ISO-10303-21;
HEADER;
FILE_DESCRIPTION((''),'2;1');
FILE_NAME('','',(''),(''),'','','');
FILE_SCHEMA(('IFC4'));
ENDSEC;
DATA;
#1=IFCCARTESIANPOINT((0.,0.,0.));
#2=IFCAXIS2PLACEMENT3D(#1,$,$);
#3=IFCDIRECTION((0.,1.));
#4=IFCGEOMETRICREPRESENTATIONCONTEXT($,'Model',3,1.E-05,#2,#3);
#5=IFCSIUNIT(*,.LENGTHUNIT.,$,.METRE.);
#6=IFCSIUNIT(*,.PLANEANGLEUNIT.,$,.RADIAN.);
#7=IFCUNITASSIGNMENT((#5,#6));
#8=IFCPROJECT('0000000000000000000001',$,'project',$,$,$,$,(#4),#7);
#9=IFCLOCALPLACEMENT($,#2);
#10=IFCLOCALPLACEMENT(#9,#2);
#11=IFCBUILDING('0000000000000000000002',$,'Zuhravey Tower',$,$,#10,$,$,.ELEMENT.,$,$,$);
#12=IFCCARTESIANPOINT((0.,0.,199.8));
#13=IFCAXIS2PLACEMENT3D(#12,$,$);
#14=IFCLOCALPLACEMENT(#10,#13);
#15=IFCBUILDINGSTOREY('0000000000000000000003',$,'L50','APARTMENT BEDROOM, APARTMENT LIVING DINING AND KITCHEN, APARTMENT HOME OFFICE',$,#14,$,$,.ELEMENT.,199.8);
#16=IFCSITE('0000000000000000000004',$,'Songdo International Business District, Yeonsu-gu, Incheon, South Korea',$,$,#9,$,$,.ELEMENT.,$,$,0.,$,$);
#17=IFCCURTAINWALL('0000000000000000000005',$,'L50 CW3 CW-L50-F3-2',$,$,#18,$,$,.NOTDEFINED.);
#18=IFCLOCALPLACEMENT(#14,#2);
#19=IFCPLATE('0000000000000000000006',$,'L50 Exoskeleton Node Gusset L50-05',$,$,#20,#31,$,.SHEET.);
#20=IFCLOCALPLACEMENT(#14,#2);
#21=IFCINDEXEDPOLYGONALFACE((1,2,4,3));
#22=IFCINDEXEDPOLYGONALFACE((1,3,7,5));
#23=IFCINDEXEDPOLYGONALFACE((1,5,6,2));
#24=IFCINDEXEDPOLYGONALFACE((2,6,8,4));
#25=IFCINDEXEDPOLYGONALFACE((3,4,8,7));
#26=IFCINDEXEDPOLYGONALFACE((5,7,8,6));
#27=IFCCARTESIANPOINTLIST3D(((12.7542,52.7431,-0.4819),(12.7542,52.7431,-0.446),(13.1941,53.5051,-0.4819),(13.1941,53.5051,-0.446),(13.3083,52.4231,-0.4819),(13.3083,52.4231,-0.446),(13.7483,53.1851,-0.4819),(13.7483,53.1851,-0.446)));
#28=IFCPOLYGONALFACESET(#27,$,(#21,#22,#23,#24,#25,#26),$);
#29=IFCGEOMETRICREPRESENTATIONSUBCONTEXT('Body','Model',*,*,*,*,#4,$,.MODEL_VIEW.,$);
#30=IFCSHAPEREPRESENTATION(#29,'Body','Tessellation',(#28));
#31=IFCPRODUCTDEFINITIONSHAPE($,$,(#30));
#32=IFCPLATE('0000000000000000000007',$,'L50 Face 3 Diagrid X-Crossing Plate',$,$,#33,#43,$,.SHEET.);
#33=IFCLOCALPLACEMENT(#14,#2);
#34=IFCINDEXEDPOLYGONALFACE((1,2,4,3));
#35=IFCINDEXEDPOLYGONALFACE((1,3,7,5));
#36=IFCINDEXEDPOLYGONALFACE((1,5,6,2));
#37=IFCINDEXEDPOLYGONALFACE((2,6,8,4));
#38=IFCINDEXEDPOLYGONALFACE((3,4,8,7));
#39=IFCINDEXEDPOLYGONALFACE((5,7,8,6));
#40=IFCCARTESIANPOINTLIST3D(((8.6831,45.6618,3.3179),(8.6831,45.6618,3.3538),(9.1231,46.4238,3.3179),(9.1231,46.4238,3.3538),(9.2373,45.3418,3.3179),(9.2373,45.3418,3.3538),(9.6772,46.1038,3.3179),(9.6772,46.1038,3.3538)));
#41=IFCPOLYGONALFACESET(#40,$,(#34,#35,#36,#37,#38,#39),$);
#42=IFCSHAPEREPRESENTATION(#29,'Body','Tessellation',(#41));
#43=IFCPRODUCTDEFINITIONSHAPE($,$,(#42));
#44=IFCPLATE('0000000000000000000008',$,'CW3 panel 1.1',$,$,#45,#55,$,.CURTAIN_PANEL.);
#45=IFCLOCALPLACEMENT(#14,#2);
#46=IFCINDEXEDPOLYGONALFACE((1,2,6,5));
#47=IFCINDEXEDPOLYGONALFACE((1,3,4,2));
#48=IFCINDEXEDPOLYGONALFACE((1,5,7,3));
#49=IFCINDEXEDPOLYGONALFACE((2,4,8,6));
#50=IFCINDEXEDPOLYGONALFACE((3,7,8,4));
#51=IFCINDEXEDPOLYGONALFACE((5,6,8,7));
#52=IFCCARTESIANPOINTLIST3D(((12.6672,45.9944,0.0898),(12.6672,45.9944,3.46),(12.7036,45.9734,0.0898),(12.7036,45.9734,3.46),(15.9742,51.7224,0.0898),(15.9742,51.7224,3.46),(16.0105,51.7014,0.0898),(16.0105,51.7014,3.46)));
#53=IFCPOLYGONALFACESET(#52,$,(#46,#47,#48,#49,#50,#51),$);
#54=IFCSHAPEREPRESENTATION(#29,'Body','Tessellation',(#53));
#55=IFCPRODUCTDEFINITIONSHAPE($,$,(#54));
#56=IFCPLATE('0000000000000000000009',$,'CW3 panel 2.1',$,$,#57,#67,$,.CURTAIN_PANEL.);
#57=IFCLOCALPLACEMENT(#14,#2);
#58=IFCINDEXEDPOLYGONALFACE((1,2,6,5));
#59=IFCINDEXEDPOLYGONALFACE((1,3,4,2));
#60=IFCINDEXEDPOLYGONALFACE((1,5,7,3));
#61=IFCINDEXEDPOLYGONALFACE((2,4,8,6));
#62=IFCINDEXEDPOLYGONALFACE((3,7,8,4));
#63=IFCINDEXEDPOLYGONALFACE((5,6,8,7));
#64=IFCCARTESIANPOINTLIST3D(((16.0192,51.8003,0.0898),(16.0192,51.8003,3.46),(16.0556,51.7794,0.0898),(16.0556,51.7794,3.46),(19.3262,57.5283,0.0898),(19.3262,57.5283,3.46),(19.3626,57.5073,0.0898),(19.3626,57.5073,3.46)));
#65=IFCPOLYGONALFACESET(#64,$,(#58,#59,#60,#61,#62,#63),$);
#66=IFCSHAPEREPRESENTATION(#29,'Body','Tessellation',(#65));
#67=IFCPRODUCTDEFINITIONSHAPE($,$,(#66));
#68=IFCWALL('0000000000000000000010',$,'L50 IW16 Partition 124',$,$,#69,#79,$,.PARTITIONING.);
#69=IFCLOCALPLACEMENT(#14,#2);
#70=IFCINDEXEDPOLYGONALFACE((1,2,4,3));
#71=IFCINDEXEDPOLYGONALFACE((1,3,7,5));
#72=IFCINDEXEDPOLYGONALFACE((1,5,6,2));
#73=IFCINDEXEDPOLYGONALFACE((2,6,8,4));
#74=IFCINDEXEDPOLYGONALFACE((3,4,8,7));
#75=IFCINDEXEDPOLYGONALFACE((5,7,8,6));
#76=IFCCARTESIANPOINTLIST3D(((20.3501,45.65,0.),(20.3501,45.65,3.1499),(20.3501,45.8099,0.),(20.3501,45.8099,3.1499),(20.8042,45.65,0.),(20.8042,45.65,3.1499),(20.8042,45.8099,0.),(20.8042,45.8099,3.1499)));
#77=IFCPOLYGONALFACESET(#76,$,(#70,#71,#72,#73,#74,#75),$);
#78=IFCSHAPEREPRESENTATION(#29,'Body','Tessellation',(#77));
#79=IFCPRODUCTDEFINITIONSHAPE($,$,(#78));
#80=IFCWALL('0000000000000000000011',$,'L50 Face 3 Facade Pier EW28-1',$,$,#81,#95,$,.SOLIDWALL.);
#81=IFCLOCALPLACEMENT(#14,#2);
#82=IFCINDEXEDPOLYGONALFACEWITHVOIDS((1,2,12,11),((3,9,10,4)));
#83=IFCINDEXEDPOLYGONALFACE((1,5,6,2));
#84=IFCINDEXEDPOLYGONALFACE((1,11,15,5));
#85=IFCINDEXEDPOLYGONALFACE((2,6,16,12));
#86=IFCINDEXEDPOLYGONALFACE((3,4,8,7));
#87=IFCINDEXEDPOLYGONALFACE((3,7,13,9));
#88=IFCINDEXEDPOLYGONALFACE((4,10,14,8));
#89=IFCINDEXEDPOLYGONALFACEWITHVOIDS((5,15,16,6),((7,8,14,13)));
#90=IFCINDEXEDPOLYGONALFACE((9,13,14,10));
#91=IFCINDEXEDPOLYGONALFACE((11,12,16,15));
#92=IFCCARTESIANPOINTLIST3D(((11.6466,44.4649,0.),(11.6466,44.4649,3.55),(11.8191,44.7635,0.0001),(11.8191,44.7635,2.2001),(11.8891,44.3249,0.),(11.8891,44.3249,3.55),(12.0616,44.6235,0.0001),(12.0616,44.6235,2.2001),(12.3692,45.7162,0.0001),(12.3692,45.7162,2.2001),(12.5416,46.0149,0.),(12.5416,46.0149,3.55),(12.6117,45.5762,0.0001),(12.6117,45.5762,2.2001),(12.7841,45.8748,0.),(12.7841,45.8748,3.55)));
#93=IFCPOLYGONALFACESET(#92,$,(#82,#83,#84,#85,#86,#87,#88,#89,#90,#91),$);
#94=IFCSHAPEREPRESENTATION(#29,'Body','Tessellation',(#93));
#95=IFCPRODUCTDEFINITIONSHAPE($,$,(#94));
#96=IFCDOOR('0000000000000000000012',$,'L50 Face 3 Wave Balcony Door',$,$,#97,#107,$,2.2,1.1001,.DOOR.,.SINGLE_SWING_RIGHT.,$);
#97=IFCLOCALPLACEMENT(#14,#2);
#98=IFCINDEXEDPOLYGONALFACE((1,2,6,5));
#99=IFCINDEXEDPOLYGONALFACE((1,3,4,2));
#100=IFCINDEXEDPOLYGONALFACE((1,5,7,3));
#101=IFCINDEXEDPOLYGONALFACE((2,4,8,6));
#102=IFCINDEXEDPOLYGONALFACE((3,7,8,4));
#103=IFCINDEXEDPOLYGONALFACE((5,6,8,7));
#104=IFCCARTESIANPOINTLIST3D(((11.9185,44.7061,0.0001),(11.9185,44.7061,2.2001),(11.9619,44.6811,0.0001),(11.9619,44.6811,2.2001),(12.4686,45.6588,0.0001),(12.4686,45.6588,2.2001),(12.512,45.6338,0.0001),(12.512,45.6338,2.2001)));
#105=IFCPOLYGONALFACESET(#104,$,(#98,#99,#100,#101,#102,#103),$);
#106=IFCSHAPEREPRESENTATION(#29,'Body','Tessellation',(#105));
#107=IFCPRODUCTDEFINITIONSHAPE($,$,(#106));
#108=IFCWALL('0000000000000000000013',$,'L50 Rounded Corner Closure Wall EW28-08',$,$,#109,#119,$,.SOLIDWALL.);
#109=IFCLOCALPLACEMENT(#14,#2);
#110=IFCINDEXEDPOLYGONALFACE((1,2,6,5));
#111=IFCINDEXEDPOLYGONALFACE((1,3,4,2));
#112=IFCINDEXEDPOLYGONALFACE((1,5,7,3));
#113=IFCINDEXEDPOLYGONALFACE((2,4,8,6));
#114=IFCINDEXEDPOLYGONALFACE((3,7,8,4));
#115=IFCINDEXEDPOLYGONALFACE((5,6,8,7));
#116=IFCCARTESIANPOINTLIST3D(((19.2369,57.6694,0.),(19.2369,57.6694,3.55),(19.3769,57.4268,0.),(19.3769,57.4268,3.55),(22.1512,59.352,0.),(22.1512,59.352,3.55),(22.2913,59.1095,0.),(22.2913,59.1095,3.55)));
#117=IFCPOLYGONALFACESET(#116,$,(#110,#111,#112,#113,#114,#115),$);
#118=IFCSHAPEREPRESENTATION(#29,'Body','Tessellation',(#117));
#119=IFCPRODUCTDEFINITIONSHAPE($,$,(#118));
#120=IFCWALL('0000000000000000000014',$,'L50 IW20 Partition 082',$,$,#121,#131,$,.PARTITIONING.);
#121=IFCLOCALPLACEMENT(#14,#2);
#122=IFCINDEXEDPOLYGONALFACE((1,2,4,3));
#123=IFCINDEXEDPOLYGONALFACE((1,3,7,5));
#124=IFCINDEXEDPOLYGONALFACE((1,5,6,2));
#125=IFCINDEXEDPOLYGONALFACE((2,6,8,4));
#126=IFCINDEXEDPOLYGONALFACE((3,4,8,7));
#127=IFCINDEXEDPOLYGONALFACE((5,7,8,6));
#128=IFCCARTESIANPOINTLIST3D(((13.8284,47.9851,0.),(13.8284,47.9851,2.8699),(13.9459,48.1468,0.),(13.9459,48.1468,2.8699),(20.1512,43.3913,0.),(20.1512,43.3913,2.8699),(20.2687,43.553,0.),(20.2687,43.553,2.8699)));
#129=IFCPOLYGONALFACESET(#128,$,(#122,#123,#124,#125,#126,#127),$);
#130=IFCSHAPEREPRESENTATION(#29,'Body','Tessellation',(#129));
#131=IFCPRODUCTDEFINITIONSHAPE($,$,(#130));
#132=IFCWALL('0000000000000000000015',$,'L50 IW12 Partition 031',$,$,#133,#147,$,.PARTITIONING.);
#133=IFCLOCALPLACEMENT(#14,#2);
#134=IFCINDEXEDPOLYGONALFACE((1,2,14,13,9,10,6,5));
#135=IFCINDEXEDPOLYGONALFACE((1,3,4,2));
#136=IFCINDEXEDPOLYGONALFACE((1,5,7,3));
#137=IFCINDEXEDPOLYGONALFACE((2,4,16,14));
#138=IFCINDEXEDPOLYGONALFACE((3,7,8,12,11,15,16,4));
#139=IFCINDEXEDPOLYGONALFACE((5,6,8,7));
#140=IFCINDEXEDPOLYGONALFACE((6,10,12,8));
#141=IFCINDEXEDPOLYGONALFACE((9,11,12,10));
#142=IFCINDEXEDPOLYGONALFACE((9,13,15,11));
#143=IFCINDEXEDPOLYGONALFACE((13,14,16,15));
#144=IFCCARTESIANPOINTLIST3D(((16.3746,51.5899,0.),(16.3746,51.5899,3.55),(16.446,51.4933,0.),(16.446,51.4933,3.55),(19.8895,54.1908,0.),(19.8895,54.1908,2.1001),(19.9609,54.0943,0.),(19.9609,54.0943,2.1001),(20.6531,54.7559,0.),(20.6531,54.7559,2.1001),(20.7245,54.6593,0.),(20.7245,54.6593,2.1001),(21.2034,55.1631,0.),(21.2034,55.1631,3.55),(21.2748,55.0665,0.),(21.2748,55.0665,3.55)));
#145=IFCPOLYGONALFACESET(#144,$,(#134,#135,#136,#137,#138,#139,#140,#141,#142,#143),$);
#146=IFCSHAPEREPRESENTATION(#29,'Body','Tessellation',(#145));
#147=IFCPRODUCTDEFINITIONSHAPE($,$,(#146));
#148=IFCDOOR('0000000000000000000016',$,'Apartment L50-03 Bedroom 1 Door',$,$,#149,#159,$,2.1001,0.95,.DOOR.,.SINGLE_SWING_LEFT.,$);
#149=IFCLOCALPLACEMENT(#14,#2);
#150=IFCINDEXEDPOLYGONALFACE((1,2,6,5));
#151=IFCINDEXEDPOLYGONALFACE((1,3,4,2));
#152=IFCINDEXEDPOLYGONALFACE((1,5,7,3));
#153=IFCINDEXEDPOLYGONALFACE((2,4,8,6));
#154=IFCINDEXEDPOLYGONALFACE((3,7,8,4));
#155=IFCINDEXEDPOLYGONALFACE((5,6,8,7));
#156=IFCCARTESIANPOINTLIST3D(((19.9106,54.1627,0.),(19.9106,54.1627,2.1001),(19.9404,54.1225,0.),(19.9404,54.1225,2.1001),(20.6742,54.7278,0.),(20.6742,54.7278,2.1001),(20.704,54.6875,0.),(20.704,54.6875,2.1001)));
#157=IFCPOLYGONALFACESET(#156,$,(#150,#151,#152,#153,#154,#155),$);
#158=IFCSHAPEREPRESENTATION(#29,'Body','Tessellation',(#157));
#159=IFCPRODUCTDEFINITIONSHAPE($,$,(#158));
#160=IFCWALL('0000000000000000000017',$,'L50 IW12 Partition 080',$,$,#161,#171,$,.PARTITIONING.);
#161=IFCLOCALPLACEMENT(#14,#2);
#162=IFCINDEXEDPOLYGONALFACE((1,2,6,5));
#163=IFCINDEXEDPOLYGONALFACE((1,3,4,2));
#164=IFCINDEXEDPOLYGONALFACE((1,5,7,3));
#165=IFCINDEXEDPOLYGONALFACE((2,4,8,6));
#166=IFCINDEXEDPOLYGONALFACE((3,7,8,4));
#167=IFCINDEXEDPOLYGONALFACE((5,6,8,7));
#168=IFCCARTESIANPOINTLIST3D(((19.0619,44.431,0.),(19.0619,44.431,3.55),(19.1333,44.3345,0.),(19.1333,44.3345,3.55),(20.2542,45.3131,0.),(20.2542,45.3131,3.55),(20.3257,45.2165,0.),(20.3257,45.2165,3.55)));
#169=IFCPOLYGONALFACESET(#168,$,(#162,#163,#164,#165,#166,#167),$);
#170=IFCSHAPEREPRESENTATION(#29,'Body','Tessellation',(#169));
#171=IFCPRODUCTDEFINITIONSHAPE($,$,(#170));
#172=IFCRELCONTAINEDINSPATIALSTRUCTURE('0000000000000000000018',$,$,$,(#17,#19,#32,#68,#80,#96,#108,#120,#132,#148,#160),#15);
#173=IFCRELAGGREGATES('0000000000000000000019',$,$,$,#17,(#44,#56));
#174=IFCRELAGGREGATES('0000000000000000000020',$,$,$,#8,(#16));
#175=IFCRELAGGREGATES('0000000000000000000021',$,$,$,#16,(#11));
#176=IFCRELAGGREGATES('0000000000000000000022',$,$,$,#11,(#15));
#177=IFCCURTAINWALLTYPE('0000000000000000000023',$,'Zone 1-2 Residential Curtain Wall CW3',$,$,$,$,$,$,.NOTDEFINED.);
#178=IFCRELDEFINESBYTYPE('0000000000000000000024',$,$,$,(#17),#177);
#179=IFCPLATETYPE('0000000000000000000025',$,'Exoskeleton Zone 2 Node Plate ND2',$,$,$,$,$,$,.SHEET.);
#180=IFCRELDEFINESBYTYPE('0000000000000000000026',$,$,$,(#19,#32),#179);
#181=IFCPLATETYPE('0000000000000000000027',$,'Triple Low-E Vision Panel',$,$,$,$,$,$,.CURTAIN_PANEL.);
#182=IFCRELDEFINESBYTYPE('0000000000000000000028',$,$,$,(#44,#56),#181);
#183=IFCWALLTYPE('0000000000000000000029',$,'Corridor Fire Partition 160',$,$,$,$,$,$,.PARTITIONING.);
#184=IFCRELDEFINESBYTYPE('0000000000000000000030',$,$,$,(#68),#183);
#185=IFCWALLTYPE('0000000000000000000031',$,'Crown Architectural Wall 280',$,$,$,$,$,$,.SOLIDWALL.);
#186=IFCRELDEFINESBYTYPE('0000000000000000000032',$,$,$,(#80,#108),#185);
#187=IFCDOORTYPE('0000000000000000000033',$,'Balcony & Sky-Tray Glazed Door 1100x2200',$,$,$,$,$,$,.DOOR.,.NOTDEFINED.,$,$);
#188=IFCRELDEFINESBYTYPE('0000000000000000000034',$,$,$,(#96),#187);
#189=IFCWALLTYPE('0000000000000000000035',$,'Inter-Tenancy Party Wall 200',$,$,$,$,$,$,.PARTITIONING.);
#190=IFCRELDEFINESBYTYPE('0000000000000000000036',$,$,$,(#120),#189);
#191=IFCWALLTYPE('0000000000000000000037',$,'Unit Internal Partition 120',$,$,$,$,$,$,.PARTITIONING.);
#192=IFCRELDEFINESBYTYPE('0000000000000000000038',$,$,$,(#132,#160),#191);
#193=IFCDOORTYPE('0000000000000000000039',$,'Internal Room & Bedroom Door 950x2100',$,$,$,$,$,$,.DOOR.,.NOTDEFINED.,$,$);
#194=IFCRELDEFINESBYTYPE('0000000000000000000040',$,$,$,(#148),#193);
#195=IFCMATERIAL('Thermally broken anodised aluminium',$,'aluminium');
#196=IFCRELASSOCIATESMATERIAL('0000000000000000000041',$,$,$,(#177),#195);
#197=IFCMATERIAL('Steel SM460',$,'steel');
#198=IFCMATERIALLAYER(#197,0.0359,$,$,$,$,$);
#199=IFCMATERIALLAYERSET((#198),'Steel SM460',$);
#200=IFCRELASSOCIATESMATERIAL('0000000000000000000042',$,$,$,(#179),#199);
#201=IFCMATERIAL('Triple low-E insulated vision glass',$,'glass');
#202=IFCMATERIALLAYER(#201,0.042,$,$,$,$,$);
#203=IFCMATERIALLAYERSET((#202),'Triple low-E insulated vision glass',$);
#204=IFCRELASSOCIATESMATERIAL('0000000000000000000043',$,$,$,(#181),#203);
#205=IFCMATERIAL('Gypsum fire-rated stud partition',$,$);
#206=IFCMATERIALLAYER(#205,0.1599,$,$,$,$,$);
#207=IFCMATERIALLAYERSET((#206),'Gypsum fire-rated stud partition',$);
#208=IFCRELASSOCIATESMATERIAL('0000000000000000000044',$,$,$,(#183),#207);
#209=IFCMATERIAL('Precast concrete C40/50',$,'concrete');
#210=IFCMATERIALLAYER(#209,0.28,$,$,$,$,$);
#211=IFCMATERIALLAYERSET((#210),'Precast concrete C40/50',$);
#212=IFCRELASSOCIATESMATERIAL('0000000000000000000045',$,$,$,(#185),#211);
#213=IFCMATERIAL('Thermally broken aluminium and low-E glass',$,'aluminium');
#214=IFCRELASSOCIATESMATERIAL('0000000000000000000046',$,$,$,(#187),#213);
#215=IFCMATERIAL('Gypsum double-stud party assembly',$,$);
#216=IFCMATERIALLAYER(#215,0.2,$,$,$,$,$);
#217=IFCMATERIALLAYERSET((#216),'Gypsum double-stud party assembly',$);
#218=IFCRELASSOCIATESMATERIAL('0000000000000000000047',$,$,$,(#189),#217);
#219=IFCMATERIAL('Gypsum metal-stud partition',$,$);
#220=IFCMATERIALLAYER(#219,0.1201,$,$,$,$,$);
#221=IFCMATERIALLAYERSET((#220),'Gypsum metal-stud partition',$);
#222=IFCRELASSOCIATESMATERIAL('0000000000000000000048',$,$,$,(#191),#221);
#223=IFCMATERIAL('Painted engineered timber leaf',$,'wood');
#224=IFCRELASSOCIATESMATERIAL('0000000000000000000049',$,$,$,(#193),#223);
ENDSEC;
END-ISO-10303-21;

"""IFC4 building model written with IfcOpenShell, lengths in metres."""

from ifc_helpers import new_model, si_unit, direction, frame, frame_2d, origin, origin_2d, place, context, subcontext, project, spatial, rectangle, extrude, material, layer, layer_set, type_object, element, fill, aggregate, save


model = new_model("IFC4")

# Units and contexts
model_context = context("Model", 3, precision=1e-05, world=origin(), true_north=direction((0.0, 1.0)))
body_context = subcontext(model_context, "Body", "Model", "MODEL_VIEW")
ifc_project = project(units=[si_unit("LENGTHUNIT", "METRE"), si_unit("PLANEANGLEUNIT", "RADIAN")], contexts=[model_context])

# Site, building, storey
site_placement = place(None, origin())
site = spatial("IfcSite", under=ifc_project, at=site_placement, Name="Songdo International Business District, Yeonsu-gu, Incheon, South Korea", CompositionType="ELEMENT", RefElevation=0.0)
building_placement = place(site_placement, origin())
building = spatial("IfcBuilding", under=site, at=building_placement, Name="Zuhravey Tower", CompositionType="ELEMENT")
storey_placement = place(building_placement, frame((0.0, 0.0, 199.8)))
storey = spatial("IfcBuildingStorey", under=building, at=storey_placement, Name="L50", Description="APARTMENT BEDROOM, APARTMENT LIVING DINING AND KITCHEN, APARTMENT HOME OFFICE", CompositionType="ELEMENT", Elevation=199.8)

# Shared definitions
ifc_material_1 = material(Name="Thermally broken anodised aluminium", Category="aluminium")
curtain_wall_type = type_object("IfcCurtainWallType", Name="Zone 1-2 Residential Curtain Wall CW3", PredefinedType="NOTDEFINED", material=ifc_material_1)

# Curtain wall
curtain_wall_1_placement = place(storey_placement, origin())
curtain_wall_1 = element("IfcCurtainWall", 1, at=curtain_wall_1_placement, inside=storey, type_object=curtain_wall_type, Name="L50 CW3 CW-L50-F3-2", PredefinedType="NOTDEFINED")

# Shared definitions
ifc_material_2 = material(Name="Steel SM460", Category="steel")

# Plates
ifc_layer_1 = layer(ifc_material_2, 0.0359)
ifc_layer_set_1 = layer_set([ifc_layer_1], Name="Steel SM460")
plate_type_1 = type_object("IfcPlateType", Name="Exoskeleton Zone 2 Node Plate ND2", PredefinedType="SHEET", material=ifc_layer_set_1)
for number, where, z_axis, x_axis, name in (
    (2, (13.2512, 52.9641, -0.4819), (0.0, 0.0, 1.0), (-0.5, -0.866025, 0.0), "L50 Exoskeleton Node Gusset L50-05"),
    (3, (9.1802, 45.8828, 3.3179), (0.0, 0.0, 1.0), (-0.5, -0.866025, 0.0), "L50 Face 3 Diagrid X-Crossing Plate"),
):
    element("IfcPlate", number, at=place(storey_placement, frame(where, z_axis=z_axis, x_axis=x_axis)), inside=storey, type_object=plate_type_1, Name=name, PredefinedType="SHEET", context=body_context, shape_type="SweptSolid", body=[
        extrude(rectangle(XDim=0.8799, YDim=0.6399, at=origin_2d()), origin(), (0.0, 0.0, 1.0), 0.0359),
    ])

# Plates
ifc_material_3 = material(Name="Triple low-E insulated vision glass", Category="glass")
ifc_layer_2 = layer(ifc_material_3, 0.042)
ifc_layer_set_2 = layer_set([ifc_layer_2], Name="Triple low-E insulated vision glass")
plate_type_2 = type_object("IfcPlateType", Name="Triple Low-E Vision Panel", PredefinedType="CURTAIN_PANEL", material=ifc_layer_set_2)
plate_1_placement = place(storey_placement, frame((14.3389, 48.8479, 0.0898), z_axis=(0.0, 0.0, 1.0), x_axis=(0.499997, 0.866027, 0.0)))
plate_1 = element("IfcPlate", 4, at=plate_1_placement, type_object=plate_type_2, Name="CW3 panel 1.1", PredefinedType="CURTAIN_PANEL", context=body_context, shape_type="SweptSolid", body=[
    extrude(rectangle(XDim=6.614, YDim=0.042, at=origin_2d()), origin(), (0.0, 0.0, 1.0), 3.3701),
])
plate_2_placement = place(storey_placement, frame((17.6909, 54.6538, 0.0898), z_axis=(0.0, 0.0, 1.0), x_axis=(0.499997, 0.866027, 0.0)))
plate_2 = element("IfcPlate", 5, at=plate_2_placement, type_object=plate_type_2, Name="CW3 panel 2.1", PredefinedType="CURTAIN_PANEL", context=body_context, shape_type="SweptSolid", body=[
    extrude(rectangle(XDim=6.614, YDim=0.042, at=origin_2d()), origin(), (0.0, 0.0, 1.0), 3.3701),
])
aggregate(curtain_wall_1, [plate_1, plate_2])

# Wall
ifc_material_4 = material(Name="Gypsum fire-rated stud partition")
ifc_layer_3 = layer(ifc_material_4, 0.1599)
ifc_layer_set_3 = layer_set([ifc_layer_3], Name="Gypsum fire-rated stud partition")
wall_type_1 = type_object("IfcWallType", Name="Corridor Fire Partition 160", PredefinedType="PARTITIONING", material=ifc_layer_set_3)
wall_1_placement = place(storey_placement, frame((20.8042, 45.73, 0.0), z_axis=(0.0, 0.0, 1.0), x_axis=(-1.0, 0.0, 0.0)))
element("IfcWall", 6, at=wall_1_placement, inside=storey, type_object=wall_type_1, Name="L50 IW16 Partition 124", PredefinedType="PARTITIONING", context=body_context, shape_type="SweptSolid", body=[
    extrude(rectangle(XDim=0.4541, YDim=0.1599, at=frame_2d((0.2271, 0.0))), origin(), (0.0, 0.0, 1.0), 3.1499),
])

# Wall, opening, door
ifc_material_5 = material(Name="Precast concrete C40/50", Category="concrete")
ifc_layer_4 = layer(ifc_material_5, 0.28)
ifc_layer_set_4 = layer_set([ifc_layer_4], Name="Precast concrete C40/50")
wall_type_2 = type_object("IfcWallType", Name="Crown Architectural Wall 280", PredefinedType="SOLIDWALL", material=ifc_layer_set_4)
wall_2_placement = place(storey_placement, frame((11.7678, 44.3948, 0.0), z_axis=(0.0, 0.0, 1.0), x_axis=(0.500041, 0.866002, 0.0)))
wall_2 = element("IfcWall", 7, at=wall_2_placement, inside=storey, type_object=wall_type_2, Name="L50 Face 3 Facade Pier EW28-1", PredefinedType="SOLIDWALL", context=body_context, shape_type="SweptSolid", body=[
    extrude(rectangle(XDim=1.7898, YDim=0.28, at=frame_2d((0.895, 0.0))), origin(), (0.0, 0.0, 1.0), 3.55),
])
opening_1_placement = place(wall_2_placement, frame((0.345, 0.0, 0.0)))
opening_1 = element("IfcOpeningElement", 8, at=opening_1_placement, cuts=wall_2, PredefinedType="OPENING", context=body_context, shape_type="SweptSolid", body=[
    extrude(rectangle(XDim=1.1001, YDim=2.2, at=frame_2d((0.55, 1.1001))), frame((0.0, 0.1521, 0.0), z_axis=(0.0, -1.0, 0.0), x_axis=(1.0, 0.0, 0.0)), (0.0, 0.0, 1.0), 0.304),
])
ifc_material_6 = material(Name="Thermally broken aluminium and low-E glass", Category="aluminium")
door_type_1 = type_object("IfcDoorType", Name="Balcony & Sky-Tray Glazed Door 1100x2200", OperationType="NOTDEFINED", PredefinedType="DOOR", material=ifc_material_6)
door_1_placement = place(opening_1_placement, frame((1.1001, 0.0, 0.0), z_axis=(0.0, 0.0, 1.0), x_axis=(-1.0, 0.0, 0.0)))
door_1 = element("IfcDoor", 9, at=door_1_placement, inside=storey, type_object=door_type_1, Name="L50 Face 3 Wave Balcony Door", OperationType="SINGLE_SWING_RIGHT", OverallHeight=2.2, OverallWidth=1.1001, PredefinedType="DOOR", context=body_context, shape_type="SweptSolid", body=[
    extrude(rectangle(XDim=1.1001, YDim=2.2, at=frame_2d((0.55, 1.1001))), frame((0.0, 0.0249, 0.0), z_axis=(0.0, -1.0, 0.0), x_axis=(1.0, 0.0, 0.0)), (0.0, 0.0, 1.0), 0.05),
])
fill(opening_1, door_1)

# Walls
wall_3_placement = place(storey_placement, frame((19.3069, 57.5481, 0.0), z_axis=(0.0, 0.0, 1.0), x_axis=(0.86602, 0.500009, 0.0)))
element("IfcWall", 10, at=wall_3_placement, inside=storey, type_object=wall_type_2, Name="L50 Rounded Corner Closure Wall EW28-08", PredefinedType="SOLIDWALL", context=body_context, shape_type="SweptSolid", body=[
    extrude(rectangle(XDim=3.3652, YDim=0.28, at=frame_2d((1.6826, 0.0))), origin(), (0.0, 0.0, 1.0), 3.55),
])
ifc_material_7 = material(Name="Gypsum double-stud party assembly")
ifc_layer_5 = layer(ifc_material_7, 0.2)
ifc_layer_set_5 = layer_set([ifc_layer_5], Name="Gypsum double-stud party assembly")
wall_type_3 = type_object("IfcWallType", Name="Inter-Tenancy Party Wall 200", PredefinedType="PARTITIONING", material=ifc_layer_set_5)
wall_4_placement = place(storey_placement, frame((20.21, 43.4722, 0.0), z_axis=(0.0, 0.0, 1.0), x_axis=(-0.809017, 0.587785, 0.0)))
element("IfcWall", 11, at=wall_4_placement, inside=storey, type_object=wall_type_3, Name="L50 IW20 Partition 082", PredefinedType="PARTITIONING", context=body_context, shape_type="SweptSolid", body=[
    extrude(rectangle(XDim=7.8154, YDim=0.2, at=frame_2d((3.9077, 0.0))), origin(), (0.0, 0.0, 1.0), 2.8699),
])

# Wall, opening, door
ifc_material_8 = material(Name="Gypsum metal-stud partition")
ifc_layer_6 = layer(ifc_material_8, 0.1201)
ifc_layer_set_6 = layer_set([ifc_layer_6], Name="Gypsum metal-stud partition")
wall_type_4 = type_object("IfcWallType", Name="Unit Internal Partition 120", PredefinedType="PARTITIONING", material=ifc_layer_set_6)
wall_5_placement = place(storey_placement, frame((21.239, 55.1147, 0.0), z_axis=(0.0, 0.0, 1.0), x_axis=(-0.803851, -0.594831, 0.0)))
wall_5 = element("IfcWall", 12, at=wall_5_placement, inside=storey, type_object=wall_type_4, Name="L50 IW12 Partition 031", PredefinedType="PARTITIONING", context=body_context, shape_type="SweptSolid", body=[
    extrude(rectangle(XDim=6.0071, YDim=0.1201, at=frame_2d((3.0034, 0.0))), origin(), (0.0, 0.0, 1.0), 3.55),
])
opening_2_placement = place(wall_5_placement, frame((0.6843, 0.0, 0.0)))
opening_2 = element("IfcOpeningElement", 13, at=opening_2_placement, cuts=wall_5, PredefinedType="OPENING", context=body_context, shape_type="SweptSolid", body=[
    extrude(rectangle(XDim=0.95, YDim=2.1001, at=frame_2d((0.4751, 1.05))), frame((0.0, 0.072, 0.0), z_axis=(0.0, -1.0, 0.0), x_axis=(1.0, 0.0, 0.0)), (0.0, 0.0, 1.0), 0.144),
])
ifc_material_9 = material(Name="Painted engineered timber leaf", Category="wood")
door_type_2 = type_object("IfcDoorType", Name="Internal Room & Bedroom Door 950x2100", OperationType="NOTDEFINED", PredefinedType="DOOR", material=ifc_material_9)
door_2_placement = place(opening_2_placement, frame((0.95, 0.0, 0.0), z_axis=(0.0, 0.0, 1.0), x_axis=(-1.0, 0.0, 0.0)))
door_2 = element("IfcDoor", 14, at=door_2_placement, inside=storey, type_object=door_type_2, Name="Apartment L50-03 Bedroom 1 Door", OperationType="SINGLE_SWING_LEFT", OverallHeight=2.1001, OverallWidth=0.95, PredefinedType="DOOR", context=body_context, shape_type="SweptSolid", body=[
    extrude(rectangle(XDim=0.95, YDim=2.1001, at=frame_2d((0.4751, 1.05))), frame((0.0, 0.0249, 0.0), z_axis=(0.0, -1.0, 0.0), x_axis=(1.0, 0.0, 0.0)), (0.0, 0.0, 1.0), 0.05),
])
fill(opening_2, door_2)

# Wall
wall_6_placement = place(storey_placement, frame((20.29, 45.2649, 0.0), z_axis=(0.0, 0.0, 1.0), x_axis=(-0.803933, -0.59472, 0.0)))
element("IfcWall", 15, at=wall_6_placement, inside=storey, type_object=wall_type_4, Name="L50 IW12 Partition 080", PredefinedType="PARTITIONING", context=body_context, shape_type="SweptSolid", body=[
    extrude(rectangle(XDim=1.4832, YDim=0.1201, at=frame_2d((0.7417, 0.0))), origin(), (0.0, 0.0, 1.0), 3.55),
])

save(model, "model.ifc")
